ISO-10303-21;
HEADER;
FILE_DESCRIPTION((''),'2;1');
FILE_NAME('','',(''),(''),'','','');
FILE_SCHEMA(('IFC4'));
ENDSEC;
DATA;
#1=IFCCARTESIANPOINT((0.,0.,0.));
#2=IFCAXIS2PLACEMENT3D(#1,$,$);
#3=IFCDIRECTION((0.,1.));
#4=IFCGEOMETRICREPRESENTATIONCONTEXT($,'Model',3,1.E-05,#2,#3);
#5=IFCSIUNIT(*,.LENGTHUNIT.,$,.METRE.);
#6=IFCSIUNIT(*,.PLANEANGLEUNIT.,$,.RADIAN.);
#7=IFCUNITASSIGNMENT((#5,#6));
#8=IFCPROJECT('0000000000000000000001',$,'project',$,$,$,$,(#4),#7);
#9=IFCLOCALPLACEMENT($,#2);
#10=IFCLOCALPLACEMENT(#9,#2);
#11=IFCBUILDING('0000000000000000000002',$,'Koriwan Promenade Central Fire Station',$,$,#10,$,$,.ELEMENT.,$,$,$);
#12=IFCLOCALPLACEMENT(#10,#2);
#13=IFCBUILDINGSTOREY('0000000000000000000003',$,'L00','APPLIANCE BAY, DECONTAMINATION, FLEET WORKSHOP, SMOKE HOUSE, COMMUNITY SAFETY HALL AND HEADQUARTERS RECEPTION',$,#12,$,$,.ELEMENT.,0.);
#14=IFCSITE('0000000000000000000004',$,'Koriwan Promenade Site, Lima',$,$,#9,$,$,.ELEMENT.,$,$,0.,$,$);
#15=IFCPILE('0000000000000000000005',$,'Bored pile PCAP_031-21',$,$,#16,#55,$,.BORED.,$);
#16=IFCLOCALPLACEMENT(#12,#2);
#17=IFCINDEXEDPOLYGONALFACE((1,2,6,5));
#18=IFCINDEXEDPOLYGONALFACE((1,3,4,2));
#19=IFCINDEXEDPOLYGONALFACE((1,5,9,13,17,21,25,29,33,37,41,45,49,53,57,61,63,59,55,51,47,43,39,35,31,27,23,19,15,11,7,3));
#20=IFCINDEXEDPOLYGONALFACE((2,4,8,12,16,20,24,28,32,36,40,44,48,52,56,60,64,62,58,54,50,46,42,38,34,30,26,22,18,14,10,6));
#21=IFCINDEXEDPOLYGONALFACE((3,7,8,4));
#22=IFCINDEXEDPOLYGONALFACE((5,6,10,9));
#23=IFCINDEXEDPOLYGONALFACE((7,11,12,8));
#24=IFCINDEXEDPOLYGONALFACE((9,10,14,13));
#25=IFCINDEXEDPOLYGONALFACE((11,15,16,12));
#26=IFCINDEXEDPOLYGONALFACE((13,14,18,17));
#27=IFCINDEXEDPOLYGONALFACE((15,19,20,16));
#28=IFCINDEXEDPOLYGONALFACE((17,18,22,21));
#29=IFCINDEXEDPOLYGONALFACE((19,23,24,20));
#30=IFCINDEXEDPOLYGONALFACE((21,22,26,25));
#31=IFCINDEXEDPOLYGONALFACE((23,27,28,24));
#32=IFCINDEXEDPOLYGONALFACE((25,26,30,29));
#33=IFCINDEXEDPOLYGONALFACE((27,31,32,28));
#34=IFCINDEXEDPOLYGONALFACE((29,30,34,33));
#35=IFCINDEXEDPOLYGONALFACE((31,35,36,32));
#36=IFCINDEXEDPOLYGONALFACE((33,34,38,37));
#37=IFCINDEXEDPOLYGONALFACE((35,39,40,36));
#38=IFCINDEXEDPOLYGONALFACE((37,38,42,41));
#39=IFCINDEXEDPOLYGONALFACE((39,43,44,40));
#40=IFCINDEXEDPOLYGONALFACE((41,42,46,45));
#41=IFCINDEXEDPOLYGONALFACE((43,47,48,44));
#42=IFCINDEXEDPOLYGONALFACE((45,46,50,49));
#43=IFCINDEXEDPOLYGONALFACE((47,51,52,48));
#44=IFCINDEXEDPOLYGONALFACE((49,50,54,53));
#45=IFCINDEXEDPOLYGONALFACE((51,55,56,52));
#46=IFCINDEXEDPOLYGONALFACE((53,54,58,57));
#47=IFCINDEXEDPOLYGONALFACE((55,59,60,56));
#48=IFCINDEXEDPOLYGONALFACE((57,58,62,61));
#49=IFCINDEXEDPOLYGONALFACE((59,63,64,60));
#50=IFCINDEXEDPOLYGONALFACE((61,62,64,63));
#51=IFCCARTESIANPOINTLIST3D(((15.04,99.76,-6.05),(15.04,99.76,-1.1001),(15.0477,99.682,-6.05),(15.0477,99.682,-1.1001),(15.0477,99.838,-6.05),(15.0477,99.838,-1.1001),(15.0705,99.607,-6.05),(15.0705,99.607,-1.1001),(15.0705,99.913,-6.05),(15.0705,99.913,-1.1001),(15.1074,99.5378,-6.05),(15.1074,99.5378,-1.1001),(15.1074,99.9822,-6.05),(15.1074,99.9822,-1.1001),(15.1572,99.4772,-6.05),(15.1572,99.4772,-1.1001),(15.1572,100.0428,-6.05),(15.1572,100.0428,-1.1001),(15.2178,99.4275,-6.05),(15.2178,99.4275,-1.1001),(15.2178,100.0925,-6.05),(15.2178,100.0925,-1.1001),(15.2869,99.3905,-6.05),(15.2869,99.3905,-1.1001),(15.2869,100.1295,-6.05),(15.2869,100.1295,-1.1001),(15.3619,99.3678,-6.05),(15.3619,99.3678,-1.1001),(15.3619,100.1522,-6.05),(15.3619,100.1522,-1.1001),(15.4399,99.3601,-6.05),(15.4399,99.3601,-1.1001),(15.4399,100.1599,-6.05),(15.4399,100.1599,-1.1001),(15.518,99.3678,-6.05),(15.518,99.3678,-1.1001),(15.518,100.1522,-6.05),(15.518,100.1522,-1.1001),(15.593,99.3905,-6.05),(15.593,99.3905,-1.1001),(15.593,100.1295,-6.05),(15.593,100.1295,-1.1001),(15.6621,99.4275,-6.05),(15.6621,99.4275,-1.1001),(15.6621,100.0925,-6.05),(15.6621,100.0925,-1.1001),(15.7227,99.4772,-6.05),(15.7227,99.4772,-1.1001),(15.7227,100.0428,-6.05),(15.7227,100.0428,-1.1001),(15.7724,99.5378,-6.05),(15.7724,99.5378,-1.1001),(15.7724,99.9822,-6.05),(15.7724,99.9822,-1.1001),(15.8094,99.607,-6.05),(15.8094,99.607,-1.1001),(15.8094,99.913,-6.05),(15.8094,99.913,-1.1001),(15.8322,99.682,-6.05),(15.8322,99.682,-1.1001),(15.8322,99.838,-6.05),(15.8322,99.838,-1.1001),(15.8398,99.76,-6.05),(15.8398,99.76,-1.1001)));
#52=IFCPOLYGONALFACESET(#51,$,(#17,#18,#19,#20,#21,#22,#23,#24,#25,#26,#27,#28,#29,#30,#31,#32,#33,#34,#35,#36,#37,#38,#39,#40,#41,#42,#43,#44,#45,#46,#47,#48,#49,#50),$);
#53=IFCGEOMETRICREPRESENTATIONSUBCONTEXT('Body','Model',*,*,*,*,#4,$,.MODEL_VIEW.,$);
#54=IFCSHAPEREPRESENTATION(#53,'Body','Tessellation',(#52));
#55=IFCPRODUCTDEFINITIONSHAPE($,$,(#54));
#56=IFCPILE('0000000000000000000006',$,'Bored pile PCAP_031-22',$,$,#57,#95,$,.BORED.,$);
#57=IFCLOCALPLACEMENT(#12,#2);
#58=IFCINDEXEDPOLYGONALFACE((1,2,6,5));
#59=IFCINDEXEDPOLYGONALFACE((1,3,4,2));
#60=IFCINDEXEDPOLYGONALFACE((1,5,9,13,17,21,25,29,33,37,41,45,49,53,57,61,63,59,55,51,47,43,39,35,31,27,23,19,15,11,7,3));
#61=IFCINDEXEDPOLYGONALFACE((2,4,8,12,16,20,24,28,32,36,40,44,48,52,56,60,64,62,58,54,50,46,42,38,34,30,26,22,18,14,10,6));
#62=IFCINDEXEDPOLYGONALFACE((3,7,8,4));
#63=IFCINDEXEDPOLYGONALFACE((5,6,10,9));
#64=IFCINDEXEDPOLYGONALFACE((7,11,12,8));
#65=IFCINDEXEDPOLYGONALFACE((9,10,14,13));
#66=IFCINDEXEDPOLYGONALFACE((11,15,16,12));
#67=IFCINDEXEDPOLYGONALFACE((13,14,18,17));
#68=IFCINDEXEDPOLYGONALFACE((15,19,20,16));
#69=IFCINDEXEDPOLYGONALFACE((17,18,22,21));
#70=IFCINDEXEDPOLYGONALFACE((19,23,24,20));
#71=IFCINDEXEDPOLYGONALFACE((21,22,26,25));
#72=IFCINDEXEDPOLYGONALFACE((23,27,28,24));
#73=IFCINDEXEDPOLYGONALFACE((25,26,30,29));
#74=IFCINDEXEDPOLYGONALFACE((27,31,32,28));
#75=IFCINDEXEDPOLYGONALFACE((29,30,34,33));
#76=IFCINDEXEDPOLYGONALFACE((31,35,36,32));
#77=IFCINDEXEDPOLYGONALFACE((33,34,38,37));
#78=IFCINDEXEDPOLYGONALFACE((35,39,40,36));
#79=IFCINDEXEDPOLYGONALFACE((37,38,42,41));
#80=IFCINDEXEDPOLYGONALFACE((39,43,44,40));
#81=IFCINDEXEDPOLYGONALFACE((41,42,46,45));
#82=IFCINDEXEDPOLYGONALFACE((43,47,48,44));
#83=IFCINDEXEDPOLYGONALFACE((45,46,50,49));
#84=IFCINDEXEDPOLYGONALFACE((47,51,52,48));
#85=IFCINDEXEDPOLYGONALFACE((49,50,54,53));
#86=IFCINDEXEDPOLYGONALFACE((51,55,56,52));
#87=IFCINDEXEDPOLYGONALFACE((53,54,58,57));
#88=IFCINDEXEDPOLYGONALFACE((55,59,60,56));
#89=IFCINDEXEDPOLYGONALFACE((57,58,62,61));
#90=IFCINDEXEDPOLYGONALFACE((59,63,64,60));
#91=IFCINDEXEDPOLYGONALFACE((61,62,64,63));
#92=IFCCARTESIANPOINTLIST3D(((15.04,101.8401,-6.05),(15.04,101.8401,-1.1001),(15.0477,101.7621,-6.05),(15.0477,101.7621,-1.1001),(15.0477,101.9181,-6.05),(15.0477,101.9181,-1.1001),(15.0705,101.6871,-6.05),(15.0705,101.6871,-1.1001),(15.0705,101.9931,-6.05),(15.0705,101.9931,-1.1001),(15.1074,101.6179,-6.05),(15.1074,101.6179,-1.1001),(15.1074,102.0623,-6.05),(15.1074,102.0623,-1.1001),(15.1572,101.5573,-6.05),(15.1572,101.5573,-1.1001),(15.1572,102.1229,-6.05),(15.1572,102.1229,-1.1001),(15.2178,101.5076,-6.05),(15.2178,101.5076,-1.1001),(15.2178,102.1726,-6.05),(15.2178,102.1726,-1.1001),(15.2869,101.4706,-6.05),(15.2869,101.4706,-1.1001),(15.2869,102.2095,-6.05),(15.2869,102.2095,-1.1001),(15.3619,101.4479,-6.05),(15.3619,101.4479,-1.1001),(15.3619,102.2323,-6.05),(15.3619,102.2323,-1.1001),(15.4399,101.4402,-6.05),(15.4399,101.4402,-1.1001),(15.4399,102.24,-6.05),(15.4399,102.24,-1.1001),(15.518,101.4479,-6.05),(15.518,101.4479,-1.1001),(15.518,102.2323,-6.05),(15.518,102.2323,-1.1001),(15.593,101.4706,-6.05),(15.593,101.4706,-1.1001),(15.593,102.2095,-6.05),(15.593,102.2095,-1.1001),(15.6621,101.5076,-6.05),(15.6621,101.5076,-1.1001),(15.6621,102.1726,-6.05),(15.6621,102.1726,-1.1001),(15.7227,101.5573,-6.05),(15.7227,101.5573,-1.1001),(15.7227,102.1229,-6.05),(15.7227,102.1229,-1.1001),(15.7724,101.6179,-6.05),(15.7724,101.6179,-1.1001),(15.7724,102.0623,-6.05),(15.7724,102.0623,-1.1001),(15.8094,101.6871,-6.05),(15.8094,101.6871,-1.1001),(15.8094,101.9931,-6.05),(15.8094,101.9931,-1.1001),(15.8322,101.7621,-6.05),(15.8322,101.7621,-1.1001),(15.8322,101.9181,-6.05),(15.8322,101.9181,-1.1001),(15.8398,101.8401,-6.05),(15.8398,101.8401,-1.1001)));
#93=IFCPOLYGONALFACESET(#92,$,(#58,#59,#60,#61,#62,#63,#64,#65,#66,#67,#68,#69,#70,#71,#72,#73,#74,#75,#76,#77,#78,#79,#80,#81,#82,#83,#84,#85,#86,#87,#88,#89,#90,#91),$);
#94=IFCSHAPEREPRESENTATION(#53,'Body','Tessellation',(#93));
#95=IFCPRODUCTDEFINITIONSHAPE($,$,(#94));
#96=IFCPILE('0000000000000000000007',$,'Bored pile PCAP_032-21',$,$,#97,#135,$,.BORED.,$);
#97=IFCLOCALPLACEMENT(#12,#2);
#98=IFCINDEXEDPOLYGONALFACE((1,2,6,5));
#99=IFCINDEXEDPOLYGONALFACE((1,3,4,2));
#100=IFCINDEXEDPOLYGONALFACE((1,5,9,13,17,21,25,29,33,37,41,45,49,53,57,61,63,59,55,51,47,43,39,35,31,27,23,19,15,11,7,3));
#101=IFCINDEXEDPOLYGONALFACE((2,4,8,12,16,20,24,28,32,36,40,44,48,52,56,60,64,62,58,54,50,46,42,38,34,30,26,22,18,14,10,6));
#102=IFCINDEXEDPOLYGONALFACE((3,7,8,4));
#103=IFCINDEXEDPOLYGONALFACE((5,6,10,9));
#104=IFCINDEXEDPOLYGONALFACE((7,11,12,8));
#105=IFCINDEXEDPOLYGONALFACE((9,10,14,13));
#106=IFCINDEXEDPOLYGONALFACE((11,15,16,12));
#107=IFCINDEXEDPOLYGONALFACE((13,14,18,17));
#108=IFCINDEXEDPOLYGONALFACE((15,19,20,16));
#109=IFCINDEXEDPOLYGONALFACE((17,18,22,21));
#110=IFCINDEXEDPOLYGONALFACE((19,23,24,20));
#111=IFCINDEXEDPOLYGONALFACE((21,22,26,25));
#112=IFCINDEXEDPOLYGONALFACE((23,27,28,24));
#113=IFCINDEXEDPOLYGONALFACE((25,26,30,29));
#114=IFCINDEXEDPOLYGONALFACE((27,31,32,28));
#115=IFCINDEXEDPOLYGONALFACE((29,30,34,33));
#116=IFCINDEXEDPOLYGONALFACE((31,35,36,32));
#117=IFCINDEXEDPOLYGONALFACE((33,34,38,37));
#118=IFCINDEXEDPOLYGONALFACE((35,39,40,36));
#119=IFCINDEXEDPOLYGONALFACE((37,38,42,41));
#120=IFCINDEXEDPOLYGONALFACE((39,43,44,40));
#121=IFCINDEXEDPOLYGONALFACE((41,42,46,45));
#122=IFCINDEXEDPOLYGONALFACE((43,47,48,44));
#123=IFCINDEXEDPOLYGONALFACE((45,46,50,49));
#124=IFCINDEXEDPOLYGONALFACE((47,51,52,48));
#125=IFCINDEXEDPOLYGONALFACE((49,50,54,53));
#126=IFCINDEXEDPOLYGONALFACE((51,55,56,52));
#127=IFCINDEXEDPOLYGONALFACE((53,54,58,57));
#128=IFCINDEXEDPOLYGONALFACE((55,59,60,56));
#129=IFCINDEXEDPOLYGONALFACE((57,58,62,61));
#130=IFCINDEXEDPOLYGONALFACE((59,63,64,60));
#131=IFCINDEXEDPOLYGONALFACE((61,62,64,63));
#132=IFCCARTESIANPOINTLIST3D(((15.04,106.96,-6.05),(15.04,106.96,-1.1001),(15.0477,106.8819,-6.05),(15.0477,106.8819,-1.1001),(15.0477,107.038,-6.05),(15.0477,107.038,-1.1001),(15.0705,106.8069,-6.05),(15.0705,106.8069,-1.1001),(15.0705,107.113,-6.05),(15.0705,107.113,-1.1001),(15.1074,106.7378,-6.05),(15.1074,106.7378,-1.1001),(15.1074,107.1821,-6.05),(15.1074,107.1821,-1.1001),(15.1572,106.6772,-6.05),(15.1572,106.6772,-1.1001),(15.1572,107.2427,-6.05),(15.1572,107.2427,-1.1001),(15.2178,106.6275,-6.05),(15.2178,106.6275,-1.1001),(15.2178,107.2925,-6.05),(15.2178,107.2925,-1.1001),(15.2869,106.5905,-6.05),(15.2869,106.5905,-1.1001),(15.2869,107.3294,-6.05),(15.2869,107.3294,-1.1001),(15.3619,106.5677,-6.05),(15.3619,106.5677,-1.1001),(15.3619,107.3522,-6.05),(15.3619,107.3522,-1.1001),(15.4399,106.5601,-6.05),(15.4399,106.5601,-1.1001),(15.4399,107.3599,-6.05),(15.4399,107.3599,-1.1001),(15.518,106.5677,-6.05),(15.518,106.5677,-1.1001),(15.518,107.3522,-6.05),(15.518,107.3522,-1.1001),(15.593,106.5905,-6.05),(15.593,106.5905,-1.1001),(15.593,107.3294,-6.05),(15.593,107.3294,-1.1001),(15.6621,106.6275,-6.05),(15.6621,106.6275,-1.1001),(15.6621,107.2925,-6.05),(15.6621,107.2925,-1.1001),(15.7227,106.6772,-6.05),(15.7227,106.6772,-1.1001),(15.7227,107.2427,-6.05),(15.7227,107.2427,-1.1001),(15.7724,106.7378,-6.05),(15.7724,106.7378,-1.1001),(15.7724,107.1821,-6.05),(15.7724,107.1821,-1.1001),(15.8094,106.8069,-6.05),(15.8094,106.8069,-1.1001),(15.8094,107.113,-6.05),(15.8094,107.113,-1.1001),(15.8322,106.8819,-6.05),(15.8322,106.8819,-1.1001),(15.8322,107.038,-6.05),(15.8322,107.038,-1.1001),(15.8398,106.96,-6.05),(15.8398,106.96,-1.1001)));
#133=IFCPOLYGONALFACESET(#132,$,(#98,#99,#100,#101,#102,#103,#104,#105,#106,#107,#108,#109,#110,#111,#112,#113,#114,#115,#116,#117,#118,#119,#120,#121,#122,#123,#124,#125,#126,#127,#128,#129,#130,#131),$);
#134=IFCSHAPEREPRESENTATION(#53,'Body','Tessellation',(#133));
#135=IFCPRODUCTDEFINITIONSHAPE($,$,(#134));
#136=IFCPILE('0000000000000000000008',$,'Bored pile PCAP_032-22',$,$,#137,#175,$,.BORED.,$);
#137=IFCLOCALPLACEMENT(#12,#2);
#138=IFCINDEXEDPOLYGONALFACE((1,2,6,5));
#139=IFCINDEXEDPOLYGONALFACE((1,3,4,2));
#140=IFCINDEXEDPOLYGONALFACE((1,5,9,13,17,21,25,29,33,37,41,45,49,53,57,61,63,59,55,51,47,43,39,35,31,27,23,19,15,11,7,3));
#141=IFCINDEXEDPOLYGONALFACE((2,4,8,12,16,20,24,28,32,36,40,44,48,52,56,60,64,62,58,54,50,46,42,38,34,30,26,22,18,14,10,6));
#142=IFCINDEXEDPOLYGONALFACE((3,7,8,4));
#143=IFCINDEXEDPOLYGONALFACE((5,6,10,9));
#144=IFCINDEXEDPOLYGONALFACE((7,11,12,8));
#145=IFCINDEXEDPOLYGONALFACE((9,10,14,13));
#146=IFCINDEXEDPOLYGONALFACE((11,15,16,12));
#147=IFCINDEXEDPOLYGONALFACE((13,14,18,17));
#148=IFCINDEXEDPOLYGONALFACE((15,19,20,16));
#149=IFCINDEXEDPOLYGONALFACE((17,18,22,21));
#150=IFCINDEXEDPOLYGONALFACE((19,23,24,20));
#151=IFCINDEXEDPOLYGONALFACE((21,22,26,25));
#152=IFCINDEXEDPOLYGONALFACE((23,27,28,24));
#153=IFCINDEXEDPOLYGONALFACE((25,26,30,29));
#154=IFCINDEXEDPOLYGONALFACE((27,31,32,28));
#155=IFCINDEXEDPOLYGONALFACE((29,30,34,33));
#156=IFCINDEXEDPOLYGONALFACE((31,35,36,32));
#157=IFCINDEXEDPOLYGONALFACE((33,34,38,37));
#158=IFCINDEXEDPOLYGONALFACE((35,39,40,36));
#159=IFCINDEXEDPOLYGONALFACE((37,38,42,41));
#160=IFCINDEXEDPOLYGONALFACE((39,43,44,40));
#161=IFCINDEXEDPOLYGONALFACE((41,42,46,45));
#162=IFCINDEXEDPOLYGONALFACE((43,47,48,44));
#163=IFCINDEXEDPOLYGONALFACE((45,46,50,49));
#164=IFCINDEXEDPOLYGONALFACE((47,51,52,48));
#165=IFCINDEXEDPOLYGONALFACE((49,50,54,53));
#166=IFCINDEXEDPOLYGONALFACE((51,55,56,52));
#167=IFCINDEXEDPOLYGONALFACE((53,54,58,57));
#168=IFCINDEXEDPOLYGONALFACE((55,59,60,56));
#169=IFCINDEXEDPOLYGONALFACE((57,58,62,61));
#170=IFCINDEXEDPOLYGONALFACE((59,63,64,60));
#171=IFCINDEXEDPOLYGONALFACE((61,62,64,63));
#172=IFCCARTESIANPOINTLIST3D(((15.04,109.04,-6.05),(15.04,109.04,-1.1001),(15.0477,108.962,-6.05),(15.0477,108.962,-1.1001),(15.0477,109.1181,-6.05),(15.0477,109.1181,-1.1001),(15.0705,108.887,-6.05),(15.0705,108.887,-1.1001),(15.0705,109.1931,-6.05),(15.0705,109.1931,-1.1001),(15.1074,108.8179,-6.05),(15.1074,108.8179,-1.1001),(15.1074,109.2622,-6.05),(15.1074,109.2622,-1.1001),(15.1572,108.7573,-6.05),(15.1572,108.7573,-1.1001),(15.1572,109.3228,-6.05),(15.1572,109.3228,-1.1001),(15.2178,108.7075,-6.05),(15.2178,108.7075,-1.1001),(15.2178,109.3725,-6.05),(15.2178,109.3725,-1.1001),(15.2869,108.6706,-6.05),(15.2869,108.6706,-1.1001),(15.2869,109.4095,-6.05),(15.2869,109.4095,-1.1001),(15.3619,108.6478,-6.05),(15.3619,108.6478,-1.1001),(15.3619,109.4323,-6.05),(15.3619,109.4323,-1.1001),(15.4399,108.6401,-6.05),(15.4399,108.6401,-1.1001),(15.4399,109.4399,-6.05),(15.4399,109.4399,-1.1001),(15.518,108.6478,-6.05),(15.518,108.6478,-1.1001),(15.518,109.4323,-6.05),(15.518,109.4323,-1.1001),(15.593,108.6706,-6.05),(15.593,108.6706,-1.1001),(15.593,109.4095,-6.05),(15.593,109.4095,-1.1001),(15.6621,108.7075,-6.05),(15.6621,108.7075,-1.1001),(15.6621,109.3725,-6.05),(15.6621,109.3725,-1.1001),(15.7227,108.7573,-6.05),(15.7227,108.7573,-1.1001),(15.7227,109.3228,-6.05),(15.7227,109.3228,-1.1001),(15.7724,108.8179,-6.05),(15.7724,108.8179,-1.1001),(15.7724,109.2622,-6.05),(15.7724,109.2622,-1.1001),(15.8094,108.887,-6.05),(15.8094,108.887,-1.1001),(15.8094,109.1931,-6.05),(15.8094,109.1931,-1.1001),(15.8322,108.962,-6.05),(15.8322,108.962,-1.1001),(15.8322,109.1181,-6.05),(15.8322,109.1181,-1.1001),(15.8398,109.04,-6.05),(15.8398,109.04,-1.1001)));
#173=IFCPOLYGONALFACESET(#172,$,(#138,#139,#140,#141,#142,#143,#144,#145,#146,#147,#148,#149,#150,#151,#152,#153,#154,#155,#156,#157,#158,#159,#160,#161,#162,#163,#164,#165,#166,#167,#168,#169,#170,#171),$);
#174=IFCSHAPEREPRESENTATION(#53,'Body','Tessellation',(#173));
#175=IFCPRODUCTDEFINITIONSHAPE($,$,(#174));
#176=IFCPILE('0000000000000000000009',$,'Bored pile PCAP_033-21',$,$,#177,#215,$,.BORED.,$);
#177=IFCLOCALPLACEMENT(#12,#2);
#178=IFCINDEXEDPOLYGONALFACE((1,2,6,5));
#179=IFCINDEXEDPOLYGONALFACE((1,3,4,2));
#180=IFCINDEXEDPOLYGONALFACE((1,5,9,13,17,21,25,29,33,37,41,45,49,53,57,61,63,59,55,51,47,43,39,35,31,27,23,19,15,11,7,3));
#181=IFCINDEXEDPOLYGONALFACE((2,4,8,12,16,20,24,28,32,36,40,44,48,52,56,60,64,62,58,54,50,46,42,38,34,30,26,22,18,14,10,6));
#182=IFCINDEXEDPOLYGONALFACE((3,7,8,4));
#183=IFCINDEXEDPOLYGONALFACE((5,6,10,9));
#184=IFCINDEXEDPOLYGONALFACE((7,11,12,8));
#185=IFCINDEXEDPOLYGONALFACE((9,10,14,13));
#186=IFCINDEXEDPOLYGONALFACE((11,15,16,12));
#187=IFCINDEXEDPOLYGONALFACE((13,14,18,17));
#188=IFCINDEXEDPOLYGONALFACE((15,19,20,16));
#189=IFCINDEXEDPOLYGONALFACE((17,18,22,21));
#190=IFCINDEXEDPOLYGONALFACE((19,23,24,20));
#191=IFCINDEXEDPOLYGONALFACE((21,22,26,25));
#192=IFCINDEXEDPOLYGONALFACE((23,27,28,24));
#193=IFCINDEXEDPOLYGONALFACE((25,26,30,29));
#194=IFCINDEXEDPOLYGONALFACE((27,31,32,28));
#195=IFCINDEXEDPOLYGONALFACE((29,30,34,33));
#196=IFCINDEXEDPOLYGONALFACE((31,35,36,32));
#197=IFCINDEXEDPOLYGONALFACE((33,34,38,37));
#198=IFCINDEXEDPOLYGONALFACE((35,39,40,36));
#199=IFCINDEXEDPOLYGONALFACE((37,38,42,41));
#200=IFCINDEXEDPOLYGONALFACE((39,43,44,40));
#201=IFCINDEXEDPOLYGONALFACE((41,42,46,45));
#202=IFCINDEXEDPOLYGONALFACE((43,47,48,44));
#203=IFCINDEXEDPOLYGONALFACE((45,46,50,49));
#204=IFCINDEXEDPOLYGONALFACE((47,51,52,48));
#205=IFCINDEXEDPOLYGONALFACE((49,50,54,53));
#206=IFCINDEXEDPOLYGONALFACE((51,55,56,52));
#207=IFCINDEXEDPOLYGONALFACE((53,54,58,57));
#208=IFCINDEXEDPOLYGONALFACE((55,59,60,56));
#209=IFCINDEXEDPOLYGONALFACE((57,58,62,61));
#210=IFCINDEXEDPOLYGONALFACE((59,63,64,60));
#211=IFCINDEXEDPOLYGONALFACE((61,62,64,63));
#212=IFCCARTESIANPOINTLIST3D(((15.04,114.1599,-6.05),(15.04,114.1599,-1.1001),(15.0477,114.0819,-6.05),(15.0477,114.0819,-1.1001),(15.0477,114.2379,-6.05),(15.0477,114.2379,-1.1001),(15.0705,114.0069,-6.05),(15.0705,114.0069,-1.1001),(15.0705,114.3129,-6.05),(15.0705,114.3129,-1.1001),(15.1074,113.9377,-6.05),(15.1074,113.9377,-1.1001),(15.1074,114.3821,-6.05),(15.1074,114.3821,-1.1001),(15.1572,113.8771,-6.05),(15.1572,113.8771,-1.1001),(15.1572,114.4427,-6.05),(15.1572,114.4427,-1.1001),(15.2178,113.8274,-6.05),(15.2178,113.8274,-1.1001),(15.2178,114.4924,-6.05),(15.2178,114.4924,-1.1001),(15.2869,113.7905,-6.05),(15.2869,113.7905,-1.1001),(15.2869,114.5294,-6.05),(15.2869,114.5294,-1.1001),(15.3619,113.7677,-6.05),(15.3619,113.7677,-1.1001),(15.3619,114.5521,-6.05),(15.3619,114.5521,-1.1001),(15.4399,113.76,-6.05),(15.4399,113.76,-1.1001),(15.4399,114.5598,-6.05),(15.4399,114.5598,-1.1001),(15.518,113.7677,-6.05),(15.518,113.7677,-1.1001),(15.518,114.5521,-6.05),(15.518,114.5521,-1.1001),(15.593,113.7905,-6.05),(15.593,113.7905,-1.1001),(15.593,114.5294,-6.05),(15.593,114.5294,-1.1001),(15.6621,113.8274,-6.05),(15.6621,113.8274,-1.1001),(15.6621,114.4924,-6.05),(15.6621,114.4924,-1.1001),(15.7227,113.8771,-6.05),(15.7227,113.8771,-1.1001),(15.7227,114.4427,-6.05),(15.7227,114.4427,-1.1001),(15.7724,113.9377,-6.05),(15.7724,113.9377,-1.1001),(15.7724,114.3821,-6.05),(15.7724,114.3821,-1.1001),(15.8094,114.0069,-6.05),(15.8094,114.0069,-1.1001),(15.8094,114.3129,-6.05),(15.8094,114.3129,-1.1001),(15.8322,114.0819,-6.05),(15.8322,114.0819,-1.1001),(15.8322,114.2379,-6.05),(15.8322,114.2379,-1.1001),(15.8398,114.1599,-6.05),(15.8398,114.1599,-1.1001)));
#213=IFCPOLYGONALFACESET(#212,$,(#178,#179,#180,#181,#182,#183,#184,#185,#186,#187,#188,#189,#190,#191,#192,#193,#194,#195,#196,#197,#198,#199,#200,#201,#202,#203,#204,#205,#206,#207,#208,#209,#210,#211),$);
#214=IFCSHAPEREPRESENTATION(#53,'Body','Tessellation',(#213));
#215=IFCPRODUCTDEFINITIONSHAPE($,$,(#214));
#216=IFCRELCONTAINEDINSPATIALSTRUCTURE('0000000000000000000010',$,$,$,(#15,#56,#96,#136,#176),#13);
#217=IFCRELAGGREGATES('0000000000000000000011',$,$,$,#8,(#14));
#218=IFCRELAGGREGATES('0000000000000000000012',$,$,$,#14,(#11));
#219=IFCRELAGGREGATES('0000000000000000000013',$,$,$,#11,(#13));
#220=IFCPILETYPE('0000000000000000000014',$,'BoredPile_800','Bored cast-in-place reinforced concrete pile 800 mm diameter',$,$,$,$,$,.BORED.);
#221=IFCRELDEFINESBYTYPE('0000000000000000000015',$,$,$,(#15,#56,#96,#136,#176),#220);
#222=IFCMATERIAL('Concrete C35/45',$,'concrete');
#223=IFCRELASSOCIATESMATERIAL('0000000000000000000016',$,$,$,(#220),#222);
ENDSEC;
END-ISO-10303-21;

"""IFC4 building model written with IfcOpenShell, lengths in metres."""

from ifc_helpers import new_model, si_unit, direction, frame, origin, origin_2d, place, context, subcontext, project, spatial, circle, extrude, material, material_profile, profile_set, type_object, element, save


model = new_model("IFC4")

# Units and contexts
model_context = context("Model", 3, precision=1e-05, world=origin(), true_north=direction((0.0, 1.0)))
body_context = subcontext(model_context, "Body", "Model", "MODEL_VIEW")
ifc_project = project(units=[si_unit("LENGTHUNIT", "METRE"), si_unit("PLANEANGLEUNIT", "RADIAN")], contexts=[model_context])

# Site, building, storey
site_placement = place(None, origin())
site = spatial("IfcSite", under=ifc_project, at=site_placement, Name="Koriwan Promenade Site, Lima", CompositionType="ELEMENT", RefElevation=0.0)
building_placement = place(site_placement, origin())
building = spatial("IfcBuilding", under=site, at=building_placement, Name="Koriwan Promenade Central Fire Station", CompositionType="ELEMENT")
storey_placement = place(building_placement, origin())
storey = spatial("IfcBuildingStorey", under=building, at=storey_placement, Name="L00", Description="APPLIANCE BAY, DECONTAMINATION, FLEET WORKSHOP, SMOKE HOUSE, COMMUNITY SAFETY HALL AND HEADQUARTERS RECEPTION", CompositionType="ELEMENT", Elevation=0.0)

# Piles
ifc_material_1 = material(Name="Concrete C35/45", Category="concrete")
ifc_material_profile_1 = material_profile(ifc_material_1, circle(Radius=0.3999, at=origin_2d()), Name="PILE-D800")
ifc_profile_set_1 = profile_set([ifc_material_profile_1], Name="Concrete C35/45")
pile_type = type_object("IfcPileType", Name="BoredPile_800", Description="Bored cast-in-place reinforced concrete pile 800 mm diameter", PredefinedType="BORED", material=ifc_profile_set_1)
for number, where, z_axis, x_axis, name in (
    (1, (15.4399, 99.76, -1.1001), (0.0, 0.0, -1.0), (1.0, 0.0, 0.0), "Bored pile PCAP_031-21"),
    (2, (15.4399, 101.8401, -1.1001), (0.0, 0.0, -1.0), (1.0, 0.0, 0.0), "Bored pile PCAP_031-22"),
    (3, (15.4399, 106.96, -1.1001), (0.0, 0.0, -1.0), (1.0, 0.0, 0.0), "Bored pile PCAP_032-21"),
    (4, (15.4399, 109.04, -1.1001), (0.0, 0.0, -1.0), (1.0, 0.0, 0.0), "Bored pile PCAP_032-22"),
    (5, (15.4399, 114.1599, -1.1001), (0.0, 0.0, -1.0), (1.0, 0.0, 0.0), "Bored pile PCAP_033-21"),
):
    element("IfcPile", number, at=place(storey_placement, frame(where, z_axis=z_axis, x_axis=x_axis)), inside=storey, type_object=pile_type, Name=name, PredefinedType="BORED", context=body_context, shape_type="SweptSolid", body=[
        extrude(circle(Radius=0.3999, at=origin_2d()), origin(), (0.0, 0.0, 1.0), 4.95),
    ])

save(model, "model.ifc")
